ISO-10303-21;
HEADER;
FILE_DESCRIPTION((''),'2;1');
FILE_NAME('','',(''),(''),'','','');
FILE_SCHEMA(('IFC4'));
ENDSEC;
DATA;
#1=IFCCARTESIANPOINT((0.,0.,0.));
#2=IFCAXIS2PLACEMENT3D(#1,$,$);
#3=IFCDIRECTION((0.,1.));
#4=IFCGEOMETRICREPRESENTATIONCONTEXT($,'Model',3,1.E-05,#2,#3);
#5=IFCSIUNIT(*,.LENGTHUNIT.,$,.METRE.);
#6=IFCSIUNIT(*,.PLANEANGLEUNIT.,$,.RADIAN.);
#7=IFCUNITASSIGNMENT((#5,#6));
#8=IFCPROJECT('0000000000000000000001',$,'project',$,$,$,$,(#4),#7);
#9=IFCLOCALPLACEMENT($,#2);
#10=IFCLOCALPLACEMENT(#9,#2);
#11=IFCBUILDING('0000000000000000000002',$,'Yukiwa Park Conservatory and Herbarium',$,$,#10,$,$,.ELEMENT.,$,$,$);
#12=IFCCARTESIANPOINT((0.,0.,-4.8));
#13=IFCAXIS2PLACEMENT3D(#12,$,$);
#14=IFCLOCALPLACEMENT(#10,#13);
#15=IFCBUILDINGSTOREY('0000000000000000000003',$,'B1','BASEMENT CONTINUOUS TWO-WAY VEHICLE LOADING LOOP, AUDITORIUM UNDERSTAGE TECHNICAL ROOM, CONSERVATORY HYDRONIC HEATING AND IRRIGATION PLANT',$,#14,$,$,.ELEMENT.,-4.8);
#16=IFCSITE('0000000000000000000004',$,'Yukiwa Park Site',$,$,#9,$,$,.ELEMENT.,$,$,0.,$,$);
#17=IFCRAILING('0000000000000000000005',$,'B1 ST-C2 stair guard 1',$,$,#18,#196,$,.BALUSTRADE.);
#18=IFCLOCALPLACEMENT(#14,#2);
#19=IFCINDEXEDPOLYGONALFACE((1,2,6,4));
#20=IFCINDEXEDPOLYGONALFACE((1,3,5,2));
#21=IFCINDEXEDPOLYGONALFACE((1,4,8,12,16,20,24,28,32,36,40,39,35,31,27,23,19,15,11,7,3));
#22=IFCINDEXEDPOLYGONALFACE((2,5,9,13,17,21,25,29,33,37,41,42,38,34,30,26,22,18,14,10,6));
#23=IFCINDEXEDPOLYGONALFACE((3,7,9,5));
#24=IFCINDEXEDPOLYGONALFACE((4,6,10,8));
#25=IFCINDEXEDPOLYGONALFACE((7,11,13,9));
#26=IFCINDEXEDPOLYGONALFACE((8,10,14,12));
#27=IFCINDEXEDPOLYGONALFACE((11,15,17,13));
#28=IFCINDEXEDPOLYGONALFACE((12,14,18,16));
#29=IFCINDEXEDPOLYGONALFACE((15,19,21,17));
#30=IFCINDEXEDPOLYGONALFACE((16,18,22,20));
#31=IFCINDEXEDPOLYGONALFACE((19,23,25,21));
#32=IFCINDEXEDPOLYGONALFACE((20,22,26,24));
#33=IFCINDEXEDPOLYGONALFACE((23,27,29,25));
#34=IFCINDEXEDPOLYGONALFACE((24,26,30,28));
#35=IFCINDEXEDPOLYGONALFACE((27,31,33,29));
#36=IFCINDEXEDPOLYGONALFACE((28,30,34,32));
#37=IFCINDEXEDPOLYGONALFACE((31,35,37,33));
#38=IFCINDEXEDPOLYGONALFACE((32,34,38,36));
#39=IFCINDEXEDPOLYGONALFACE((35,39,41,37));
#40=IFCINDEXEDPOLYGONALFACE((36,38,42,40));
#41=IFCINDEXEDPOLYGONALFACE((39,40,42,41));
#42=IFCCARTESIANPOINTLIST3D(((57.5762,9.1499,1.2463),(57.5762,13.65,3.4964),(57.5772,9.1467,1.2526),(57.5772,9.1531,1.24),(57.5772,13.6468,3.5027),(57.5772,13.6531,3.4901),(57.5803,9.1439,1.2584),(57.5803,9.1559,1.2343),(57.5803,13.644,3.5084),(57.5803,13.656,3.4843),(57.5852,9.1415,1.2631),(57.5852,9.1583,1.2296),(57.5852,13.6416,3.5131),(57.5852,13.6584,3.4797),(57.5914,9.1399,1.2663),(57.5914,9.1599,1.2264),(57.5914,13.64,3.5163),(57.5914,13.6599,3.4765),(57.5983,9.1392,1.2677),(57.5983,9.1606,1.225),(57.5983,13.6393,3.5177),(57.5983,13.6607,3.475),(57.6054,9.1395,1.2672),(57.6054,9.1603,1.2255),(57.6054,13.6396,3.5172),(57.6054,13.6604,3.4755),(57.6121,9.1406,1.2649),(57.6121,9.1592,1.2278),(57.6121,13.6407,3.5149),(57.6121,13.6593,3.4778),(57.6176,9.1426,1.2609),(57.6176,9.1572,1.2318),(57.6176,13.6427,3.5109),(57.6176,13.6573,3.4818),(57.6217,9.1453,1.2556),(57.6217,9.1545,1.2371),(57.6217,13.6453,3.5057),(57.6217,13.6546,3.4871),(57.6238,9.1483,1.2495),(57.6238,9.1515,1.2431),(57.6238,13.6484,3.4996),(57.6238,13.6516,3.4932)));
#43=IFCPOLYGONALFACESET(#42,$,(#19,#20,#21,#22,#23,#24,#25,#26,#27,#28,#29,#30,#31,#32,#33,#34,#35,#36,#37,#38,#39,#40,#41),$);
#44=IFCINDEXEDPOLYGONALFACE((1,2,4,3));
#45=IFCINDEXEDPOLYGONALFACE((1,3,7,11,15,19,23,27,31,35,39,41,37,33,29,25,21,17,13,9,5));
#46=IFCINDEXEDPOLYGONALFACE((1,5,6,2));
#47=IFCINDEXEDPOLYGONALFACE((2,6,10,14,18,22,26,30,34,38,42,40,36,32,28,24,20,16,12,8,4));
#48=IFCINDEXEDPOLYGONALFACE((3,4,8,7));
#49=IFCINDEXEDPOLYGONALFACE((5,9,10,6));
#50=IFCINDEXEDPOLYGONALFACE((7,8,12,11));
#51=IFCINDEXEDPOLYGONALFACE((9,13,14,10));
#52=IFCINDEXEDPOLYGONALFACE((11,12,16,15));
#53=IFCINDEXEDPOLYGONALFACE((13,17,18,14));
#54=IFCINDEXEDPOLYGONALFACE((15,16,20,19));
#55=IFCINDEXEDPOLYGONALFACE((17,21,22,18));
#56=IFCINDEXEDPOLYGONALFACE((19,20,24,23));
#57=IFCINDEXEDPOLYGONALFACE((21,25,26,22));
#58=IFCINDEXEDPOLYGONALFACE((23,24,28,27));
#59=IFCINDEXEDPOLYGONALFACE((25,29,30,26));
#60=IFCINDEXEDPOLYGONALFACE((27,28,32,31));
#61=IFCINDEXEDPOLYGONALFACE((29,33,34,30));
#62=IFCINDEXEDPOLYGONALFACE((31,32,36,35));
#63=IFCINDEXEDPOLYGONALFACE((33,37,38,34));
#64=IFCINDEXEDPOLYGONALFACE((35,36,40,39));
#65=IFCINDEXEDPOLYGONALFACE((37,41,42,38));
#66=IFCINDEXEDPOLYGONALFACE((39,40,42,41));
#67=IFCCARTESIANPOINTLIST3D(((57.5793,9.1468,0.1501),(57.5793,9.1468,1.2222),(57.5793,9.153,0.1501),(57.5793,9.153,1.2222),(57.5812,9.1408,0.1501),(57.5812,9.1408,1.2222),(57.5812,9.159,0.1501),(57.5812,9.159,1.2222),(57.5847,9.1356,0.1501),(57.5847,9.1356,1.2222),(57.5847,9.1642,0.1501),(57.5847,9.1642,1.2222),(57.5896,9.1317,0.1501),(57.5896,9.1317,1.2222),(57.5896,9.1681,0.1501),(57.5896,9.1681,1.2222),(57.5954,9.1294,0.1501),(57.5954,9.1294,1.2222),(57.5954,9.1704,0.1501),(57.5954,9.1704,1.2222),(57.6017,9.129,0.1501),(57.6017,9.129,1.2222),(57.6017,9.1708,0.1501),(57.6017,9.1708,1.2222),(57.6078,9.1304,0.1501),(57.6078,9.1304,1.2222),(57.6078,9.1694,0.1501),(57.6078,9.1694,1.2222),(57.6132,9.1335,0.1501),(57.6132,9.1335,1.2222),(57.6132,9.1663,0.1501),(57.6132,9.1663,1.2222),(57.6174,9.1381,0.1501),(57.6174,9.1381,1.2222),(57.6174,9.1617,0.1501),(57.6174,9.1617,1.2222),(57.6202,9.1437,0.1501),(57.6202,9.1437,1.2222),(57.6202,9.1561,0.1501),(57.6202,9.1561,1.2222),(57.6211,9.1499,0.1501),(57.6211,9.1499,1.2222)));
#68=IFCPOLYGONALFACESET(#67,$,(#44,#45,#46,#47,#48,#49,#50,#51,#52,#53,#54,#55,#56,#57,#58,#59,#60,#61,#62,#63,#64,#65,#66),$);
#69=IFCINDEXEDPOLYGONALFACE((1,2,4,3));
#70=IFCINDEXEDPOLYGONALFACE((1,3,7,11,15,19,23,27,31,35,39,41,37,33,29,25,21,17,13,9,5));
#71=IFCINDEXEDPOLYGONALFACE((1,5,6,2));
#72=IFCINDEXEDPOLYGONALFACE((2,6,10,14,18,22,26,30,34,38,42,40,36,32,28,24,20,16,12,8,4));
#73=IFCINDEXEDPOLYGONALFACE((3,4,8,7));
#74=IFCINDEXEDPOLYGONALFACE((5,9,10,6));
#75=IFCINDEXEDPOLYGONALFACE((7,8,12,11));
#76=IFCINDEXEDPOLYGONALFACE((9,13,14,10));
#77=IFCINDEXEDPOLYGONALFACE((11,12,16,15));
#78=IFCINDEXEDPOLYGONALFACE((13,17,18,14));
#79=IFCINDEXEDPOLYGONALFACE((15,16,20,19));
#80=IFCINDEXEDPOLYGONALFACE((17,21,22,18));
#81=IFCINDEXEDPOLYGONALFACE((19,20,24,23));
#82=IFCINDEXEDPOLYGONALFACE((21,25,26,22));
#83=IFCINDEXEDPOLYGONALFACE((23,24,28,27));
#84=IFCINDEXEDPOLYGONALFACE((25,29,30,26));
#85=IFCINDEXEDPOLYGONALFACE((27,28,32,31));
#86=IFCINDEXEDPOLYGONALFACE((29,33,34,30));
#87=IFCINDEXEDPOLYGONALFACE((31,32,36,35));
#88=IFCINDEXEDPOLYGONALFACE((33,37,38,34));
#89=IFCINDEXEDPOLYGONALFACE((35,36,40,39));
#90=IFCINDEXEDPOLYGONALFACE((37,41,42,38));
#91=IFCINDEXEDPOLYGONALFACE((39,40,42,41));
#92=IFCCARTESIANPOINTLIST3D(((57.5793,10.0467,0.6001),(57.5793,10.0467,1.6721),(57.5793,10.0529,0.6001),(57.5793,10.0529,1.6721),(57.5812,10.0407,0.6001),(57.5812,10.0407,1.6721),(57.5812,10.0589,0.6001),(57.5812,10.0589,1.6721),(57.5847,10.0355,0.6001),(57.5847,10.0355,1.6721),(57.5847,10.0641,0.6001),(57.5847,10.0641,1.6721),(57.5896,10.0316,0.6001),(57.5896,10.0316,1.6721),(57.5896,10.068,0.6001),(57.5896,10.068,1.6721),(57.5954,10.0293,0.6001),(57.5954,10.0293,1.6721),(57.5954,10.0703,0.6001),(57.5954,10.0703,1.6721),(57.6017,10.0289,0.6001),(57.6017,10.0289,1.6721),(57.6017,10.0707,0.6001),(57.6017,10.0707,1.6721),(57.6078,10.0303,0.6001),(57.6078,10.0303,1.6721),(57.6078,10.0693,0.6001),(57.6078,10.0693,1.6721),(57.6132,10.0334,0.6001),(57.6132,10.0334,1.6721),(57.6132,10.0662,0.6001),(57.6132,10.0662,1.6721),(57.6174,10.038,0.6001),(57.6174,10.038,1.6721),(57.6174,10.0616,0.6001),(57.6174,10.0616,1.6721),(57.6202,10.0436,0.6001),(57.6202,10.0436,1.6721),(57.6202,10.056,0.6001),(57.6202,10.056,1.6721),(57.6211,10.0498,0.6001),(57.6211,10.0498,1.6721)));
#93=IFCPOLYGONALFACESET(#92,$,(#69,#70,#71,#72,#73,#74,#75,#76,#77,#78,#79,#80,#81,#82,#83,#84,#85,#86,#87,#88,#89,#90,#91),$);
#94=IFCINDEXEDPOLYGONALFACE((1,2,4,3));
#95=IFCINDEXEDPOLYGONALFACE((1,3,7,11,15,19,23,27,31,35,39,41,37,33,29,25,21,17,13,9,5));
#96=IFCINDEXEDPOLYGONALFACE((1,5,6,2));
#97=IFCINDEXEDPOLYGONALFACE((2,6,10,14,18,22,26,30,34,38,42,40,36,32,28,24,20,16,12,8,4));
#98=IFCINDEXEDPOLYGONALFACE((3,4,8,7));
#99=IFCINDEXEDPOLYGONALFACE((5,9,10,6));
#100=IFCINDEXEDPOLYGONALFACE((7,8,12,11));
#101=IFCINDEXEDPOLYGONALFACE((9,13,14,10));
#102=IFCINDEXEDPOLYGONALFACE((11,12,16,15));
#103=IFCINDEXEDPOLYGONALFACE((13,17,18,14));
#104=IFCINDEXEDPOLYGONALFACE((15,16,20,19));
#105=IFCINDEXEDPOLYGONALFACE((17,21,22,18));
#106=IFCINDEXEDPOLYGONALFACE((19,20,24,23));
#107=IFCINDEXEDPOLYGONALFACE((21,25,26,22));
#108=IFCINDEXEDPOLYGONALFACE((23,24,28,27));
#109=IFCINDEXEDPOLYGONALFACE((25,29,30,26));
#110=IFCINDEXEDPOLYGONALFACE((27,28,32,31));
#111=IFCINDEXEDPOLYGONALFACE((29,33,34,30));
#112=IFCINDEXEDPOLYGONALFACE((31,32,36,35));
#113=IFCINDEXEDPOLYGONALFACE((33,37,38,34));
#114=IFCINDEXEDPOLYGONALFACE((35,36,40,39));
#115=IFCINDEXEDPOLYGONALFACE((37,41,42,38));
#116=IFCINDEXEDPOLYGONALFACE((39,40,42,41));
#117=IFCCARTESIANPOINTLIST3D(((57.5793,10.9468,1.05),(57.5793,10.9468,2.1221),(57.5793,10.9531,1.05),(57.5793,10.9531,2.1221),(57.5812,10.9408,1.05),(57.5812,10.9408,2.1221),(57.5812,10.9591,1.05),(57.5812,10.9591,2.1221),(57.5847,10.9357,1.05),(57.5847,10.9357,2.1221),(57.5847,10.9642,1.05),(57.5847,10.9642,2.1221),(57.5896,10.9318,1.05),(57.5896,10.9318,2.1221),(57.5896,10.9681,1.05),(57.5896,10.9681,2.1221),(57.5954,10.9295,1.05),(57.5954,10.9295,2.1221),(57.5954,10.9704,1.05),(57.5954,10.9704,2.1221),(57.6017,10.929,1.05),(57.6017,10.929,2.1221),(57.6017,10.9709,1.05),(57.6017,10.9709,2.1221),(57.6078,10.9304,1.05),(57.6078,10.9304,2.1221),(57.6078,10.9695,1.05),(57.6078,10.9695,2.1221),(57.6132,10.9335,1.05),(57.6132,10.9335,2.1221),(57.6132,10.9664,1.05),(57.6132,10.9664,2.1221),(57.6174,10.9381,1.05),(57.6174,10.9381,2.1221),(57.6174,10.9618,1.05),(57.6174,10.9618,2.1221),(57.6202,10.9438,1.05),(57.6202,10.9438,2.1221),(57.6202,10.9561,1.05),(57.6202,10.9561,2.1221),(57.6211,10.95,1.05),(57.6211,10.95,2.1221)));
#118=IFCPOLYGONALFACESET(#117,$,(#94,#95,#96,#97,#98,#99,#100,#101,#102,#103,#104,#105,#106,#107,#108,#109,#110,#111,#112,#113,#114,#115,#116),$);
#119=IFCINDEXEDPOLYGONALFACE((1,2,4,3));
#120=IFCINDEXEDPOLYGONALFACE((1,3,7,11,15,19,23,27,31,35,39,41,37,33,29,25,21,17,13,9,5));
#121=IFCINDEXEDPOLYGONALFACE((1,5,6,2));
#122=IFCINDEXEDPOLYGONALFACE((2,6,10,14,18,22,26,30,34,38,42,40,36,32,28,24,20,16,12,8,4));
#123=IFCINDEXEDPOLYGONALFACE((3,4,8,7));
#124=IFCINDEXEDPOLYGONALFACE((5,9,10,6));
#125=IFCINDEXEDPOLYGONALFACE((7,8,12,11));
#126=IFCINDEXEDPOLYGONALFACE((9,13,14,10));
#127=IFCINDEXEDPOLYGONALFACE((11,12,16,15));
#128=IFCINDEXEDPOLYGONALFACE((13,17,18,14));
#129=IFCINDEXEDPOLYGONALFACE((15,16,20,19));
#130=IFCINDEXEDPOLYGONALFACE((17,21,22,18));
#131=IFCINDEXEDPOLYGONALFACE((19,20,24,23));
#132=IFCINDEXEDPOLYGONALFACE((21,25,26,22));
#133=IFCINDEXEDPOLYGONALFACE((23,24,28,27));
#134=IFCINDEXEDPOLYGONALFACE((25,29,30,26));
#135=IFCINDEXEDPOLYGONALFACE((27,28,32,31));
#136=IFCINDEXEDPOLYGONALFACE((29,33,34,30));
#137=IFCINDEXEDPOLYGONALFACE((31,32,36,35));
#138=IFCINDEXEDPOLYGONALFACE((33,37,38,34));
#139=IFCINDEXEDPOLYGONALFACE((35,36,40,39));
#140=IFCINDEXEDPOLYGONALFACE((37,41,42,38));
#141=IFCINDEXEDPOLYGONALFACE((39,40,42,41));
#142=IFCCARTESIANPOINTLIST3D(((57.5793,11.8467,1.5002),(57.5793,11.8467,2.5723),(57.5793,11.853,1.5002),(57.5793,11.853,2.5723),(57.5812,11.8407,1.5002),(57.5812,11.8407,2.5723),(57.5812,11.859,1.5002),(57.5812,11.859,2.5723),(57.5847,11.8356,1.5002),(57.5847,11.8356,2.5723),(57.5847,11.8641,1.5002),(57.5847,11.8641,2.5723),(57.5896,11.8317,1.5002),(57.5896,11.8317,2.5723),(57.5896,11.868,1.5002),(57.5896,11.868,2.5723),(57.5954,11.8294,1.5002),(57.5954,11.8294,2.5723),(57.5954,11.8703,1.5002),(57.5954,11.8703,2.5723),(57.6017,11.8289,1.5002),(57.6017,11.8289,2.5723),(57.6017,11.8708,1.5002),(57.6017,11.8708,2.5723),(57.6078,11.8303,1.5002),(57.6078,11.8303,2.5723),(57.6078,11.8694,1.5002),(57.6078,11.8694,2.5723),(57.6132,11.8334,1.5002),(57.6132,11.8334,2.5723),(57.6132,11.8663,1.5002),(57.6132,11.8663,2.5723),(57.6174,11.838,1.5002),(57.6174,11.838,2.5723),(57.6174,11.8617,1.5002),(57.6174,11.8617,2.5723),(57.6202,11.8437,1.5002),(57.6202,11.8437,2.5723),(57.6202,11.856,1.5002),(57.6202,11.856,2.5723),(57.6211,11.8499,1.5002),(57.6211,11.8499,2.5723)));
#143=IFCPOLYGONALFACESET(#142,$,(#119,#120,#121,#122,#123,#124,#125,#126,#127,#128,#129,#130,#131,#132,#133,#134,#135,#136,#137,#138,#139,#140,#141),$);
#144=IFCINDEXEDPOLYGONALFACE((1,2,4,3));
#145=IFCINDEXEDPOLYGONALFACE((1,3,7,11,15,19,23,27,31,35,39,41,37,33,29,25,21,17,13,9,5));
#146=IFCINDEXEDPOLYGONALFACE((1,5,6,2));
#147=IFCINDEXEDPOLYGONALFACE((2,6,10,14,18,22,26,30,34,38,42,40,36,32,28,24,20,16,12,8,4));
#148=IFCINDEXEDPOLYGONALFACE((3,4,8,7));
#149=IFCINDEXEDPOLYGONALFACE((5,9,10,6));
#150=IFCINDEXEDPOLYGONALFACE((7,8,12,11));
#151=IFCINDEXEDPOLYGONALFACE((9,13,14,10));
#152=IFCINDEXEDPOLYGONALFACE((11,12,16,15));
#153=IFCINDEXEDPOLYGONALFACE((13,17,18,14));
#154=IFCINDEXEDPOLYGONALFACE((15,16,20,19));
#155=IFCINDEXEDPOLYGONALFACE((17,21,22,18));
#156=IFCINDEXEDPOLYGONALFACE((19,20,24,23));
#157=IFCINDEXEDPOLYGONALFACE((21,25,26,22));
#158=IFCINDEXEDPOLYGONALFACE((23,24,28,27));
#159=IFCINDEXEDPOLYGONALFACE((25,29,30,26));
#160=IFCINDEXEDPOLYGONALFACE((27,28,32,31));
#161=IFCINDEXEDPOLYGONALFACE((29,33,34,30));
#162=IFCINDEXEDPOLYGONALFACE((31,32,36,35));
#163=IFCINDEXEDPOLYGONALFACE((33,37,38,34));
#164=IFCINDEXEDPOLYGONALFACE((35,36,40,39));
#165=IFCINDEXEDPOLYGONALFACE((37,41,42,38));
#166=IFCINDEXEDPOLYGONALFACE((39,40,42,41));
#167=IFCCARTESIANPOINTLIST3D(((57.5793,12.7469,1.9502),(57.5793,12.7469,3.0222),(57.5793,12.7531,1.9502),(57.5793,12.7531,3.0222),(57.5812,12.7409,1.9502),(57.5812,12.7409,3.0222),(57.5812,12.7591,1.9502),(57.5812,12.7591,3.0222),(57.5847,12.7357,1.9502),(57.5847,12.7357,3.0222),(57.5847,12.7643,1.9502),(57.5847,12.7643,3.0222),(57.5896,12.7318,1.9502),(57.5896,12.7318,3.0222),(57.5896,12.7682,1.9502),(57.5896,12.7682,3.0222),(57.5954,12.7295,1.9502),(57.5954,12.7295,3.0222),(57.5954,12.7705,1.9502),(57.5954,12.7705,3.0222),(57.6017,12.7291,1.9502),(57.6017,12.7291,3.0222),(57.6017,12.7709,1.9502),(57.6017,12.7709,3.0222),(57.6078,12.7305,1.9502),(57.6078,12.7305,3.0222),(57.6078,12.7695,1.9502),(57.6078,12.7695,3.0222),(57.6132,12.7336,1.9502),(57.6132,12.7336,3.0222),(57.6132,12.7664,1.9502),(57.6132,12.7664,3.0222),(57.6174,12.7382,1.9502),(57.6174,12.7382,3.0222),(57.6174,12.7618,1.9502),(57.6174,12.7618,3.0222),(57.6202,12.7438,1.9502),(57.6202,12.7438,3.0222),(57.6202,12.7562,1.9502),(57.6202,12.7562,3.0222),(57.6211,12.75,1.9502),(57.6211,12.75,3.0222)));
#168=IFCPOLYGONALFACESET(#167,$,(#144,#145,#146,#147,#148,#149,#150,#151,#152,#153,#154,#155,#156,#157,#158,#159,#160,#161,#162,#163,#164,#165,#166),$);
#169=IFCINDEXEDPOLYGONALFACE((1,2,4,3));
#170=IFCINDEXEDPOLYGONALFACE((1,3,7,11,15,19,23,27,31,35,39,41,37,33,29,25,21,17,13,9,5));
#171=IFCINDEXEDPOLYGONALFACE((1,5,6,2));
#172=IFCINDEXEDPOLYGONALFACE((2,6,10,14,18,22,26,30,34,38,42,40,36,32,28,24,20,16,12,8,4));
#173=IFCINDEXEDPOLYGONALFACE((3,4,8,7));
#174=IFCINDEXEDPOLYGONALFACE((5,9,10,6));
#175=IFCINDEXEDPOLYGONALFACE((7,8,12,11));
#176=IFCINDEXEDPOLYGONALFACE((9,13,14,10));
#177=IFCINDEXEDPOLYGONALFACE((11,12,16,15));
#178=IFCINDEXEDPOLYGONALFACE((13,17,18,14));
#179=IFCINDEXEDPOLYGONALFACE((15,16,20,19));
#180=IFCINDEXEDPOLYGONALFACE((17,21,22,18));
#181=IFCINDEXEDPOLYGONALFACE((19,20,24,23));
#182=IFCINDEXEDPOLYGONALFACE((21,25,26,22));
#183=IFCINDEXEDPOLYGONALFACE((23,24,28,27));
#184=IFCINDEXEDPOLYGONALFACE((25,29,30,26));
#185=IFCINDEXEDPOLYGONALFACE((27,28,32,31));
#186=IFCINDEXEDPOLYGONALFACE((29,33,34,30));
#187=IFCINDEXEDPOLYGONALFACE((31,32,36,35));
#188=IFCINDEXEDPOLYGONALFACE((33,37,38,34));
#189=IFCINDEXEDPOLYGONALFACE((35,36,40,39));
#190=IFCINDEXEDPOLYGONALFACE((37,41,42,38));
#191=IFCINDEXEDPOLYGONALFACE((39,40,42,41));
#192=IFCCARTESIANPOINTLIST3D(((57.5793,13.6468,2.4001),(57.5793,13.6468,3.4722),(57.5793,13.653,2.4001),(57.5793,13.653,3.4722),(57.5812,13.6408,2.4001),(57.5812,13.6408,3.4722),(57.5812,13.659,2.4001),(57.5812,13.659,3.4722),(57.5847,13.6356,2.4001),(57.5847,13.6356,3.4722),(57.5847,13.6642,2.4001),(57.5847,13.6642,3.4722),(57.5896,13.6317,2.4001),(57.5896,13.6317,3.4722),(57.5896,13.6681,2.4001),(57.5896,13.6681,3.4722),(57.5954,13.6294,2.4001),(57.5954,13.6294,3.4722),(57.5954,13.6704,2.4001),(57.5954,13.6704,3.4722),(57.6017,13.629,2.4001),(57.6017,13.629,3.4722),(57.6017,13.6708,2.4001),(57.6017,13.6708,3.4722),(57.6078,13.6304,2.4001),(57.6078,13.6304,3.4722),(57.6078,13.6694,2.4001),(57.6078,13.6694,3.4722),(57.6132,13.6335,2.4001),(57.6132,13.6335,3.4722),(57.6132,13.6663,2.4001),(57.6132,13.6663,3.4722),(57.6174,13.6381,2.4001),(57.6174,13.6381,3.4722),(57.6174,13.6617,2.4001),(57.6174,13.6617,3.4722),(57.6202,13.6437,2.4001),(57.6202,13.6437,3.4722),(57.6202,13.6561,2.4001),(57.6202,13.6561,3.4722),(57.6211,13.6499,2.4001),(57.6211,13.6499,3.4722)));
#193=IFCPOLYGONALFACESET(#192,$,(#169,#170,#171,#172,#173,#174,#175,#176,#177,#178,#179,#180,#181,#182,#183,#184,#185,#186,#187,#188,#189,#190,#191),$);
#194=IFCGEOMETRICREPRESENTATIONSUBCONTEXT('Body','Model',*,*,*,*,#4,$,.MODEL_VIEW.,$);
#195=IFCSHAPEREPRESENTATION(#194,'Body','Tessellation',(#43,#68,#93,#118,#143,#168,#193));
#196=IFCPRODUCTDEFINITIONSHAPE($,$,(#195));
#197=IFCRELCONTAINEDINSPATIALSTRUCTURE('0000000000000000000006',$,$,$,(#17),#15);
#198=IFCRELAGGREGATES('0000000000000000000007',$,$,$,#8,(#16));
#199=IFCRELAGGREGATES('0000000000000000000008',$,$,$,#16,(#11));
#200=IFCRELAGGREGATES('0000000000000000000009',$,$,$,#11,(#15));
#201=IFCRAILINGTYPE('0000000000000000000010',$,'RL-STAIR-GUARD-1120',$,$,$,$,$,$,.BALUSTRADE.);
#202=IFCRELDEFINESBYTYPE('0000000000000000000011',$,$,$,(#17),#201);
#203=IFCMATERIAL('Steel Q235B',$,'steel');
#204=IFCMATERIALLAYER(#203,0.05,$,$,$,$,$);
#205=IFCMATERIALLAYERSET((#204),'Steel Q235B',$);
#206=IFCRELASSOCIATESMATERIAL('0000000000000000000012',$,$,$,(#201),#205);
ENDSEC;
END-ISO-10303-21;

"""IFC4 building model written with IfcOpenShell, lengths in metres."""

from ifc_helpers import new_model, si_unit, direction, frame, origin, origin_2d, place, context, subcontext, project, spatial, circle, extrude, material, layer, layer_set, type_object, element, save


model = new_model("IFC4")

# Units and contexts
model_context = context("Model", 3, precision=1e-05, world=origin(), true_north=direction((0.0, 1.0)))
body_context = subcontext(model_context, "Body", "Model", "MODEL_VIEW")
ifc_project = project(units=[si_unit("LENGTHUNIT", "METRE"), si_unit("PLANEANGLEUNIT", "RADIAN")], contexts=[model_context])

# Site, building, storey
site_placement = place(None, origin())
site = spatial("IfcSite", under=ifc_project, at=site_placement, Name="Yukiwa Park Site", CompositionType="ELEMENT", RefElevation=0.0)
building_placement = place(site_placement, origin())
building = spatial("IfcBuilding", under=site, at=building_placement, Name="Yukiwa Park Conservatory and Herbarium", CompositionType="ELEMENT")
storey_placement = place(building_placement, frame((0.0, 0.0, -4.8)))
storey = spatial("IfcBuildingStorey", under=building, at=storey_placement, Name="B1", Description="BASEMENT CONTINUOUS TWO-WAY VEHICLE LOADING LOOP, AUDITORIUM UNDERSTAGE TECHNICAL ROOM, CONSERVATORY HYDRONIC HEATING AND IRRIGATION PLANT", CompositionType="ELEMENT", Elevation=-4.8)

# Railing
ifc_material_1 = material(Name="Steel Q235B", Category="steel")
ifc_layer_1 = layer(ifc_material_1, 0.05)
ifc_layer_set_1 = layer_set([ifc_layer_1], Name="Steel Q235B")
railing_type_1 = type_object("IfcRailingType", Name="RL-STAIR-GUARD-1120", PredefinedType="BALUSTRADE", material=ifc_layer_set_1)
railing_1_placement = place(storey_placement, frame((57.6001, 9.1499, 0.1501)))
element("IfcRailing", 1, at=railing_1_placement, inside=storey, type_object=railing_type_1, Name="B1 ST-C2 stair guard 1", PredefinedType="BALUSTRADE", context=body_context, shape_type="SweptSolid", body=[
    extrude(circle(Radius=0.0239, at=origin_2d()), frame((0.0, 0.0, 1.0962), z_axis=(0.0, 0.894427, 0.447214), x_axis=(-1.0, 0.0, 0.0)), (0.0, 0.0, 1.0), 5.0312),
    extrude(circle(Radius=0.021, at=origin_2d()), origin(), (0.0, 0.0, 1.0), 1.072),
    extrude(circle(Radius=0.021, at=origin_2d()), frame((0.0, 0.8999, 0.45)), (0.0, 0.0, 1.0), 1.072),
    extrude(circle(Radius=0.021, at=origin_2d()), frame((0.0, 1.8, 0.8999)), (0.0, 0.0, 1.0), 1.072),
    extrude(circle(Radius=0.021, at=origin_2d()), frame((0.0, 2.7, 1.3501)), (0.0, 0.0, 1.0), 1.072),
    extrude(circle(Radius=0.021, at=origin_2d()), frame((0.0, 3.6001, 1.8)), (0.0, 0.0, 1.0), 1.072),
    extrude(circle(Radius=0.021, at=origin_2d()), frame((0.0, 4.5, 2.25)), (0.0, 0.0, 1.0), 1.072),
])

save(model, "model.ifc")
